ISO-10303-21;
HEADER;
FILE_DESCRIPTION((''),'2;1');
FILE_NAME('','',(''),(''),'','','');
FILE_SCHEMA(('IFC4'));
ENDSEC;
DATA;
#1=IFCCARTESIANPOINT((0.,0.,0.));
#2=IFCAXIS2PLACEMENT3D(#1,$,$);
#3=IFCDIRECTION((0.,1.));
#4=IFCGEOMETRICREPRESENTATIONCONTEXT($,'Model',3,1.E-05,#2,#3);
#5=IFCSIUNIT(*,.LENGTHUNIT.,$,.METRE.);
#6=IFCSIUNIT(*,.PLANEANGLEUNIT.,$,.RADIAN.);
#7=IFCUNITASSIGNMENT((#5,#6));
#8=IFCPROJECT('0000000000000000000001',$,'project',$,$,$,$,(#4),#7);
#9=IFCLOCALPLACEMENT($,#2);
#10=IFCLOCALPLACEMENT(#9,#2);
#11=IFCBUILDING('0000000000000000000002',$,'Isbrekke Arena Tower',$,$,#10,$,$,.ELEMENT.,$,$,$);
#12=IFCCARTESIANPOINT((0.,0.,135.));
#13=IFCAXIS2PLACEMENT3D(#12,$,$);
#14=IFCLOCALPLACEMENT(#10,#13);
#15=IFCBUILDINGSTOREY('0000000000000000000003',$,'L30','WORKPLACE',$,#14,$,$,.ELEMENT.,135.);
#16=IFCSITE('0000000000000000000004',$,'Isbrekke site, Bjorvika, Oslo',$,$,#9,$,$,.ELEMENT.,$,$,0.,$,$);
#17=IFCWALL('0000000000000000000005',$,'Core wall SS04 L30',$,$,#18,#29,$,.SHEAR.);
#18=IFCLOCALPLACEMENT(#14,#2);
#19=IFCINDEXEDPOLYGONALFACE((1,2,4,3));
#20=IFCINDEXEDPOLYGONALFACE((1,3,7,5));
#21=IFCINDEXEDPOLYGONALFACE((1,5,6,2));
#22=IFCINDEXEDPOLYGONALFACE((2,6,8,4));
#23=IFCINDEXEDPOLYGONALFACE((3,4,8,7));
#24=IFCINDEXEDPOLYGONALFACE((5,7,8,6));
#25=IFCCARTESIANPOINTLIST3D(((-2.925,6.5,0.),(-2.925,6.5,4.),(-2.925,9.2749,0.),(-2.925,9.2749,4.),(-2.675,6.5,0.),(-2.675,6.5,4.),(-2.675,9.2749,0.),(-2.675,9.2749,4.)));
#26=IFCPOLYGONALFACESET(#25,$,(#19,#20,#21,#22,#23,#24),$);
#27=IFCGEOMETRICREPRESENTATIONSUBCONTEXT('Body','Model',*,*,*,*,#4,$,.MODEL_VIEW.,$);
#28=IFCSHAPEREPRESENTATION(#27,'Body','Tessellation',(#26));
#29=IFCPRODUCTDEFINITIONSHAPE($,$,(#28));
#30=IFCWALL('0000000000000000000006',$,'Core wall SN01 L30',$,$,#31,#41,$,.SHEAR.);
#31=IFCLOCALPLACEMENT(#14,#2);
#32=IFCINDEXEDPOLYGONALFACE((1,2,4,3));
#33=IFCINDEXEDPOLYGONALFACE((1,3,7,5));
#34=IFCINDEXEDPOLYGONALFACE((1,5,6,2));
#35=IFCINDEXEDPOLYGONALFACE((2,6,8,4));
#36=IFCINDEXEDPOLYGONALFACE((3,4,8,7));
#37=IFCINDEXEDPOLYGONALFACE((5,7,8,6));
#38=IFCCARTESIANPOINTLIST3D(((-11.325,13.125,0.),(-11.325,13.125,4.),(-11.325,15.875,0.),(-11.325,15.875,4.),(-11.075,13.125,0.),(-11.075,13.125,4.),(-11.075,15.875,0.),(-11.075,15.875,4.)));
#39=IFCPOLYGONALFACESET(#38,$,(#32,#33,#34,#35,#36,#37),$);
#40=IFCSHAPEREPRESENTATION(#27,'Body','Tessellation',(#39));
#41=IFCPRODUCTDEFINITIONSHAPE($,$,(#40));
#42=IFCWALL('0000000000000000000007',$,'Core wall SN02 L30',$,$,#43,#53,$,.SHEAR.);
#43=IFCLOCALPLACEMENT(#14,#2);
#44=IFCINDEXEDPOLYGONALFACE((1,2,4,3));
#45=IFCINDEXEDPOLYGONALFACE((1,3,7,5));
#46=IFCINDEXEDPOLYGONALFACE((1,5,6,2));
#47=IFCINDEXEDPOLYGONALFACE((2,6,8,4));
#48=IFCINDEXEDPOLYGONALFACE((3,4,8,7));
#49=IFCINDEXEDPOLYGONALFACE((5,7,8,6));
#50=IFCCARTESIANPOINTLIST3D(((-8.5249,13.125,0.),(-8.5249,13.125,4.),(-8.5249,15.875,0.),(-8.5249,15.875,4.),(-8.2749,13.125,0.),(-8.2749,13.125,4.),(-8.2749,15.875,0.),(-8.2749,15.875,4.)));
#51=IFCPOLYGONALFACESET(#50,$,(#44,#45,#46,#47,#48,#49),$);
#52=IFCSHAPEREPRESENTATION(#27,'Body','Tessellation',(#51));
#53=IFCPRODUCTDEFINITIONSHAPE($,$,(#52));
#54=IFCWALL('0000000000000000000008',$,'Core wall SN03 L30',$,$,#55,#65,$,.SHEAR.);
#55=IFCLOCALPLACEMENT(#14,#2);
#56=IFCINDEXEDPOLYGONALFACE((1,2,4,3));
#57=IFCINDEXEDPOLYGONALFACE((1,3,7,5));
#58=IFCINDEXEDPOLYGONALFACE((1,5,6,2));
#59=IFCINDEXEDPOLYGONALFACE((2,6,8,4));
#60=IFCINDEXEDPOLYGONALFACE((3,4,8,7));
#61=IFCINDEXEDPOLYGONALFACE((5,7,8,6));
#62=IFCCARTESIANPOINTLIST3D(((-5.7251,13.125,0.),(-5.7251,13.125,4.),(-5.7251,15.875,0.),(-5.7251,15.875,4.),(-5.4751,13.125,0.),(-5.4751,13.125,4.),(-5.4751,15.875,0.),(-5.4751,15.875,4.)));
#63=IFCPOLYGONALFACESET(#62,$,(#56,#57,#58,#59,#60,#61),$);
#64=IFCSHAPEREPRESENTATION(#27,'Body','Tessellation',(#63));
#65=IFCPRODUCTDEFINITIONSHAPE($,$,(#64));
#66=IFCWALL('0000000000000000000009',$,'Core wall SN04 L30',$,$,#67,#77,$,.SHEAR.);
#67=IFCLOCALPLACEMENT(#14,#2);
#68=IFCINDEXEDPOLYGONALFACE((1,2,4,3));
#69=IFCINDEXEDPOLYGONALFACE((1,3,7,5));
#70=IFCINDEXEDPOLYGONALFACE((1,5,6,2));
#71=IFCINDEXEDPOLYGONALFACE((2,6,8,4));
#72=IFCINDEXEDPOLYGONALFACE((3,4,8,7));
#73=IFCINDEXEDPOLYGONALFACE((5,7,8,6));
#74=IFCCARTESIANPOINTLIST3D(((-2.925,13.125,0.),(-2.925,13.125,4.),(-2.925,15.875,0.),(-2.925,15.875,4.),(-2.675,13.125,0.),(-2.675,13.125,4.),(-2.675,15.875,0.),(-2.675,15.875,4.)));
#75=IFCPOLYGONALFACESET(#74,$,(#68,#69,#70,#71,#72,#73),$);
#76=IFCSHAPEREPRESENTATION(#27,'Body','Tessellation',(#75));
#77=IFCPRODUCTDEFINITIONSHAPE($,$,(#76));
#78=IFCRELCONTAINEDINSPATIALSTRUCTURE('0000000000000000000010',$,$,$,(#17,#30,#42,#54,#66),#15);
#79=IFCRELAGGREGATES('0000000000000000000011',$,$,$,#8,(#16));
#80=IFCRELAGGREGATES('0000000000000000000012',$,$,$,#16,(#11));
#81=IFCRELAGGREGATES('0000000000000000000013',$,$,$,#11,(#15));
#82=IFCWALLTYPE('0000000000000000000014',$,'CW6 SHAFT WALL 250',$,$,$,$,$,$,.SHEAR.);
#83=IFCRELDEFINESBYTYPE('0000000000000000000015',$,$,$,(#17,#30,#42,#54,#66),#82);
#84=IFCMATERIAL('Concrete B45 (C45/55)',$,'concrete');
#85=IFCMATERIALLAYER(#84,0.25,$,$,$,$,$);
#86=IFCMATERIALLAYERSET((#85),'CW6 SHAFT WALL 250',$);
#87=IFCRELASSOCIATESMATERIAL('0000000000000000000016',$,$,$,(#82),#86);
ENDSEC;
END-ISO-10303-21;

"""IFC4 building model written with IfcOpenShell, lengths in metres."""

from ifc_helpers import new_model, si_unit, direction, frame, frame_2d, origin, place, context, subcontext, project, spatial, rectangle, extrude, material, layer, layer_set, type_object, element, save


model = new_model("IFC4")

# Units and contexts
model_context = context("Model", 3, precision=1e-05, world=origin(), true_north=direction((0.0, 1.0)))
body_context = subcontext(model_context, "Body", "Model", "MODEL_VIEW")
ifc_project = project(units=[si_unit("LENGTHUNIT", "METRE"), si_unit("PLANEANGLEUNIT", "RADIAN")], contexts=[model_context])

# Site, building, storey
site_placement = place(None, origin())
site = spatial("IfcSite", under=ifc_project, at=site_placement, Name="Isbrekke site, Bjorvika, Oslo", CompositionType="ELEMENT", RefElevation=0.0)
building_placement = place(site_placement, origin())
building = spatial("IfcBuilding", under=site, at=building_placement, Name="Isbrekke Arena Tower", CompositionType="ELEMENT")
storey_placement = place(building_placement, frame((0.0, 0.0, 135.0)))
storey = spatial("IfcBuildingStorey", under=building, at=storey_placement, Name="L30", Description="WORKPLACE", CompositionType="ELEMENT", Elevation=135.0)

# Shared definitions
ifc_material_1 = material(Name="Concrete B45 (C45/55)", Category="concrete")
ifc_layer_1 = layer(ifc_material_1, 0.25)
ifc_layer_set_1 = layer_set([ifc_layer_1], Name="CW6 SHAFT WALL 250")
wall_type_1 = type_object("IfcWallType", Name="CW6 SHAFT WALL 250", PredefinedType="SHEAR", material=ifc_layer_set_1)

# Walls
for number, where, z_axis, x_axis, name in (
    (1, (-2.8, 6.5, 0.0), (0.0, 0.0, 1.0), (0.0, 1.0, 0.0), "Core wall SS04 L30"),
):
    element("IfcWall", number, at=place(storey_placement, frame(where, z_axis=z_axis, x_axis=x_axis)), inside=storey, type_object=wall_type_1, Name=name, PredefinedType="SHEAR", context=body_context, shape_type="SweptSolid", body=[
        extrude(rectangle(XDim=2.7749, YDim=0.25, at=frame_2d((1.3875, 0.0))), origin(), (0.0, 0.0, 1.0), 4.0),
    ])
for number, where, z_axis, x_axis, name in (
    (2, (-11.2, 13.125, 0.0), (0.0, 0.0, 1.0), (0.0, 1.0, 0.0), "Core wall SN01 L30"),
    (3, (-8.3999, 13.125, 0.0), (0.0, 0.0, 1.0), (0.0, 1.0, 0.0), "Core wall SN02 L30"),
    (4, (-5.6001, 13.125, 0.0), (0.0, 0.0, 1.0), (0.0, 1.0, 0.0), "Core wall SN03 L30"),
    (5, (-2.8, 13.125, 0.0), (0.0, 0.0, 1.0), (0.0, 1.0, 0.0), "Core wall SN04 L30"),
):
    element("IfcWall", number, at=place(storey_placement, frame(where, z_axis=z_axis, x_axis=x_axis)), inside=storey, type_object=wall_type_1, Name=name, PredefinedType="SHEAR", context=body_context, shape_type="SweptSolid", body=[
        extrude(rectangle(XDim=2.75, YDim=0.25, at=frame_2d((1.375, 0.0))), origin(), (0.0, 0.0, 1.0), 4.0),
    ])

save(model, "model.ifc")
